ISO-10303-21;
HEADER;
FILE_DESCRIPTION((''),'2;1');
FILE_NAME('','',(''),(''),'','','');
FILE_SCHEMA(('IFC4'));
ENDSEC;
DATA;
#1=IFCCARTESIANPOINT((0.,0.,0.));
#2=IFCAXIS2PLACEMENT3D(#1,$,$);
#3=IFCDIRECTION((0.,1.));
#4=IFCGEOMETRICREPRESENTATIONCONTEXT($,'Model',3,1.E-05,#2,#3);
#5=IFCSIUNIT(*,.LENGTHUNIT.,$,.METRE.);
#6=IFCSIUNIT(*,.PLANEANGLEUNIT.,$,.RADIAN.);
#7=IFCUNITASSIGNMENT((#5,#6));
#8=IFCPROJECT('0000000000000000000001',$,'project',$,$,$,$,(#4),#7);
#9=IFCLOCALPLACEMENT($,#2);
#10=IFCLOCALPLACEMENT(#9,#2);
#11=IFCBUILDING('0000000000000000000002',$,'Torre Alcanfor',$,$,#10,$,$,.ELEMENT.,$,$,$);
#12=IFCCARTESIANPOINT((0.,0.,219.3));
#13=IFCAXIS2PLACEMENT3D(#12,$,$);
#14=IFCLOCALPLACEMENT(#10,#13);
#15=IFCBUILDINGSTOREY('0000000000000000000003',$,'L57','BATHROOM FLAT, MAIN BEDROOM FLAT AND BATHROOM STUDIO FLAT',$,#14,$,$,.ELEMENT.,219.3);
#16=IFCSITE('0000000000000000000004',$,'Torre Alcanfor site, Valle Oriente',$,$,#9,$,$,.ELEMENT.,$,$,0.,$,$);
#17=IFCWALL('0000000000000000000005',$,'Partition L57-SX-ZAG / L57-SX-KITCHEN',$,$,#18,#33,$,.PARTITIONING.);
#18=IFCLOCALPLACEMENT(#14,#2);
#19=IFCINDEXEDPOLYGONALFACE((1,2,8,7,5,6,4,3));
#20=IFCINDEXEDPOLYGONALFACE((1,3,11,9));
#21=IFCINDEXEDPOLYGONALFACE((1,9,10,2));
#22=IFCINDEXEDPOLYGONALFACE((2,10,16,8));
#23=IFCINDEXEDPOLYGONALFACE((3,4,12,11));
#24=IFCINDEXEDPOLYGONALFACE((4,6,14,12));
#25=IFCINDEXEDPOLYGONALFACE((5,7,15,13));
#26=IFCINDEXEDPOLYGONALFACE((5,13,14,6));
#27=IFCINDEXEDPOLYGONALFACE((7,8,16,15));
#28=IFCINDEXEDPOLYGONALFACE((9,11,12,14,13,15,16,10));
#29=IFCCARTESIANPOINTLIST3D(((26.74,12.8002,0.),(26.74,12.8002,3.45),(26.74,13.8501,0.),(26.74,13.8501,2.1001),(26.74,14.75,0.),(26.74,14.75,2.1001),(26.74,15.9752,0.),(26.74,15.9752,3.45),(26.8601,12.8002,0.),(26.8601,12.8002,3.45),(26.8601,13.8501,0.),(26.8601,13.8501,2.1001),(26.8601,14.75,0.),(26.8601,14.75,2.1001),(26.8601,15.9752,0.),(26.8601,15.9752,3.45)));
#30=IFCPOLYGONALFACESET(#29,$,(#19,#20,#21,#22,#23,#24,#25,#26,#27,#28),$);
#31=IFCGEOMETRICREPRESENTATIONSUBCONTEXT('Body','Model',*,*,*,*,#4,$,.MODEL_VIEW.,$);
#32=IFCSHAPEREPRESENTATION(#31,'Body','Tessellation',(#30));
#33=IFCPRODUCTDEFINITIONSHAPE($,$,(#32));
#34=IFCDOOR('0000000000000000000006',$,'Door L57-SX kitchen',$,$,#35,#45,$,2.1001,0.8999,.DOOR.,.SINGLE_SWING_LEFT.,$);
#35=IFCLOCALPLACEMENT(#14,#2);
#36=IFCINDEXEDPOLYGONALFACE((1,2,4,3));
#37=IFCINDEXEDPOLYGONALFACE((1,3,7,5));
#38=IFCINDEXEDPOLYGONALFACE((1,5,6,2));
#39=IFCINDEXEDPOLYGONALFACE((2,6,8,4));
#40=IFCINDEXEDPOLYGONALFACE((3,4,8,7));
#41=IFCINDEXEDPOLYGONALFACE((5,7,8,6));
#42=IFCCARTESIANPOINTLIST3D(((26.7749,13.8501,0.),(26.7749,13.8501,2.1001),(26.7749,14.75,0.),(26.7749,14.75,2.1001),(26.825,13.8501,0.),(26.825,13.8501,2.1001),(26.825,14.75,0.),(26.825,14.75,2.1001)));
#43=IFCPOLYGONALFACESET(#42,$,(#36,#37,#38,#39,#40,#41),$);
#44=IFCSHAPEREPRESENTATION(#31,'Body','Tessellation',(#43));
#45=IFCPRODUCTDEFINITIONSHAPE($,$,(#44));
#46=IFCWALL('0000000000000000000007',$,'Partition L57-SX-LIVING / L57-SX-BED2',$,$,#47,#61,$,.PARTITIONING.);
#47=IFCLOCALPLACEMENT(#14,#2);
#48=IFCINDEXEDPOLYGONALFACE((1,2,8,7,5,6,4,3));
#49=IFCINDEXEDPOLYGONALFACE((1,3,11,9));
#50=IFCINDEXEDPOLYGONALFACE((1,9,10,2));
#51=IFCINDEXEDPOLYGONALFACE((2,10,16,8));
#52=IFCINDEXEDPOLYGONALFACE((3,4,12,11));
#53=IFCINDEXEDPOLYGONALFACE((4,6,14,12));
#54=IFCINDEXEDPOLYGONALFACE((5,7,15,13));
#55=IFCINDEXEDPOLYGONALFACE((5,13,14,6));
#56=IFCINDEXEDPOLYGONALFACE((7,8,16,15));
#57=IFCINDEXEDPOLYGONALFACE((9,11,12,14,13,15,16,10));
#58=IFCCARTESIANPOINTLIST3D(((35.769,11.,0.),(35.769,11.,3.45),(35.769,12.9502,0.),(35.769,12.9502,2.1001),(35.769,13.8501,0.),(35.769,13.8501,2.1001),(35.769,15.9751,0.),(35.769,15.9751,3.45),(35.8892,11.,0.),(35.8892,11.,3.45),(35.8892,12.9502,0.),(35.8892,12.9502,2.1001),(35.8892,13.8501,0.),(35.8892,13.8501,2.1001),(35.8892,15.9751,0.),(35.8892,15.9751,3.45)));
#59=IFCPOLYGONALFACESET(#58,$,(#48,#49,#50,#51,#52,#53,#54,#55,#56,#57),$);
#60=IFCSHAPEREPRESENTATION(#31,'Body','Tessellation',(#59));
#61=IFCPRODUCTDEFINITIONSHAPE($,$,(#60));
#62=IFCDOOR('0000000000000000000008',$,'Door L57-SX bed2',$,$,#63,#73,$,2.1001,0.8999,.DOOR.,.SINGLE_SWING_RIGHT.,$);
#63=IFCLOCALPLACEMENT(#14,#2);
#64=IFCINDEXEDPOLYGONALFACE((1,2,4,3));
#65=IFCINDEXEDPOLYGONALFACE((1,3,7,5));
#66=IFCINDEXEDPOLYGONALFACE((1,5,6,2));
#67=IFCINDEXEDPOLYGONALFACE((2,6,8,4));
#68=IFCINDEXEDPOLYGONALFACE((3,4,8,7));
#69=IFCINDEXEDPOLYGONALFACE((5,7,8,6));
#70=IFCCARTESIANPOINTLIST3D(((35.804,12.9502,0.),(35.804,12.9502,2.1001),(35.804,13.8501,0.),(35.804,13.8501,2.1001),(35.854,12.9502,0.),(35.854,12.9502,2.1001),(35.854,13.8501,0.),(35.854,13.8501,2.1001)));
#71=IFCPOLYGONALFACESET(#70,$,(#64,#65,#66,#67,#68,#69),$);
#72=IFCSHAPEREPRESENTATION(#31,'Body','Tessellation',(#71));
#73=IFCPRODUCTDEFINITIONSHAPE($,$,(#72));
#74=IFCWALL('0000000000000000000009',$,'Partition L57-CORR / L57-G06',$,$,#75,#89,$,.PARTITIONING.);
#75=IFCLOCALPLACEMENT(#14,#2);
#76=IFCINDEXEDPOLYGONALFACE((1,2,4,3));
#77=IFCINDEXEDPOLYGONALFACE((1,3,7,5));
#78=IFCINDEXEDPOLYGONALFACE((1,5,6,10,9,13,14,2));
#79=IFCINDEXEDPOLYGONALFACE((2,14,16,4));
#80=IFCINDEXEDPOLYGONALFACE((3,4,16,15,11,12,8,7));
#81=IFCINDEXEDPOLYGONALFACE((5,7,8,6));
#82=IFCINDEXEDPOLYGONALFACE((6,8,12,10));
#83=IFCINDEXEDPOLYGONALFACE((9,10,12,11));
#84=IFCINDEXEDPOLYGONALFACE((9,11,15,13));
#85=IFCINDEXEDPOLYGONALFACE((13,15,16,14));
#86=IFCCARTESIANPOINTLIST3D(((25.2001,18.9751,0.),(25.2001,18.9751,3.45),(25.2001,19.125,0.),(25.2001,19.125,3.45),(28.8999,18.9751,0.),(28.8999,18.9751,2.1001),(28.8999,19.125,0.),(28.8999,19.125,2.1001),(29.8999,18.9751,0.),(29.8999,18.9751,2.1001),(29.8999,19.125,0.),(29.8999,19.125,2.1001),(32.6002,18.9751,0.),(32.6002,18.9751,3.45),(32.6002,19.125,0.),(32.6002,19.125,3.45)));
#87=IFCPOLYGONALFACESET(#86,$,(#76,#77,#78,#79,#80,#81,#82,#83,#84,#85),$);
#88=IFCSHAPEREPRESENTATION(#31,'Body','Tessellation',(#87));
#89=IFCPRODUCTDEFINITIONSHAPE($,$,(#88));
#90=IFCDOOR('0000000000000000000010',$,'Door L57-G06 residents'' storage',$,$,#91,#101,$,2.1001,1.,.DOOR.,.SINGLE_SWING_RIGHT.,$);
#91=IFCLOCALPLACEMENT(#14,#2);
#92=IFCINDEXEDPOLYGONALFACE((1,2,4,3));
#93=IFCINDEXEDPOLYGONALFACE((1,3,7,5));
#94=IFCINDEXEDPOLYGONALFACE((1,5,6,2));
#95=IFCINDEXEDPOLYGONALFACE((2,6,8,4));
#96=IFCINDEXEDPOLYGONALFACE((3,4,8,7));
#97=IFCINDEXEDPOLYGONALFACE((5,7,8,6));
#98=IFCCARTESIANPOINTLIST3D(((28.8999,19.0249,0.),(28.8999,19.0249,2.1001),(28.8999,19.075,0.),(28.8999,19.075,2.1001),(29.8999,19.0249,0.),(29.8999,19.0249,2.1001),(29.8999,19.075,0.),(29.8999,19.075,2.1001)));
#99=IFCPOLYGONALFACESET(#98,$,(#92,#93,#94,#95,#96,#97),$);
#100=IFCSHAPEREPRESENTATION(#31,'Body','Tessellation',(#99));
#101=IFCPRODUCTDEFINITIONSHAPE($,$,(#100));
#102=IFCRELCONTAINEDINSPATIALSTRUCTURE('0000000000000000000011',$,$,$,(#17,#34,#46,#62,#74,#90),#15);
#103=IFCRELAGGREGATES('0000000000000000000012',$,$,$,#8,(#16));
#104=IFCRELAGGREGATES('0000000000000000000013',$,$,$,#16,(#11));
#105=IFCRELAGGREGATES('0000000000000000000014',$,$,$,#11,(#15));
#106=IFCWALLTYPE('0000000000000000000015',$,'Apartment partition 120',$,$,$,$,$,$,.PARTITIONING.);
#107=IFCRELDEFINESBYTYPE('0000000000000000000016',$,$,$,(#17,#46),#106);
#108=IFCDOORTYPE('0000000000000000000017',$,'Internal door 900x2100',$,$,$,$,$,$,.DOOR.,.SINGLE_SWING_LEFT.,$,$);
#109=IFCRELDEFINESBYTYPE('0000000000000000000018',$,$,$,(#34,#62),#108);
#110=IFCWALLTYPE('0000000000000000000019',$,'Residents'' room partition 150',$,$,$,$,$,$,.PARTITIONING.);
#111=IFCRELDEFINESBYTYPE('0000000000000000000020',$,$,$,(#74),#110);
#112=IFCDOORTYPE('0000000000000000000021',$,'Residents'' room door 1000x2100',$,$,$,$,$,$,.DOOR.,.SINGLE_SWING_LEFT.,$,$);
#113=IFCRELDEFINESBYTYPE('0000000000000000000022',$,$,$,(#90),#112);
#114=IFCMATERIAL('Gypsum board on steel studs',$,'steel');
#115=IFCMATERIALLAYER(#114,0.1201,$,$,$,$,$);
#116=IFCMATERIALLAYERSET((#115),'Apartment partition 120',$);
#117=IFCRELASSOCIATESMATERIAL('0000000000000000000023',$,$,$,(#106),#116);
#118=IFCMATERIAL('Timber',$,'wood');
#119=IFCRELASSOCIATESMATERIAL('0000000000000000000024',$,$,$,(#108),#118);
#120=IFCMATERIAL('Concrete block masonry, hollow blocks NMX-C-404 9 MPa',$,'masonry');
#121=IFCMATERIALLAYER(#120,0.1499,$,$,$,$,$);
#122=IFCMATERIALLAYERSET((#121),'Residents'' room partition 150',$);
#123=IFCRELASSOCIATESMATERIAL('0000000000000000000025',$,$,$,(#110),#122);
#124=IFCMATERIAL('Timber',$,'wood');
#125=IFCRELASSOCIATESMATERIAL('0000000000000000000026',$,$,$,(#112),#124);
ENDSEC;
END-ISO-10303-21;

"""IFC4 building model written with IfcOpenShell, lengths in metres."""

from ifc_helpers import new_model, si_unit, direction, frame, frame_2d, origin, place, context, subcontext, project, spatial, rectangle, extrude, material, layer, layer_set, type_object, element, fill, save


model = new_model("IFC4")

# Units and contexts
model_context = context("Model", 3, precision=1e-05, world=origin(), true_north=direction((0.0, 1.0)))
body_context = subcontext(model_context, "Body", "Model", "MODEL_VIEW")
ifc_project = project(units=[si_unit("LENGTHUNIT", "METRE"), si_unit("PLANEANGLEUNIT", "RADIAN")], contexts=[model_context])

# Site, building, storey
site_placement = place(None, origin())
site = spatial("IfcSite", under=ifc_project, at=site_placement, Name="Torre Alcanfor site, Valle Oriente", CompositionType="ELEMENT", RefElevation=0.0)
building_placement = place(site_placement, origin())
building = spatial("IfcBuilding", under=site, at=building_placement, Name="Torre Alcanfor", CompositionType="ELEMENT")
storey_placement = place(building_placement, frame((0.0, 0.0, 219.3)))
storey = spatial("IfcBuildingStorey", under=building, at=storey_placement, Name="L57", Description="BATHROOM FLAT, MAIN BEDROOM FLAT AND BATHROOM STUDIO FLAT", CompositionType="ELEMENT", Elevation=219.3)

# Walls, openings, doors
ifc_material_1 = material(Name="Gypsum board on steel studs", Category="steel")
ifc_layer_1 = layer(ifc_material_1, 0.1201)
ifc_layer_set_1 = layer_set([ifc_layer_1], Name="Apartment partition 120")
wall_type_1 = type_object("IfcWallType", Name="Apartment partition 120", PredefinedType="PARTITIONING", material=ifc_layer_set_1)
wall_1_placement = place(storey_placement, frame((26.8, 15.9751, 0.0), z_axis=(0.0, 0.0, 1.0), x_axis=(0.0, -1.0, 0.0)))
wall_1 = element("IfcWall", 1, at=wall_1_placement, inside=storey, type_object=wall_type_1, Name="Partition L57-SX-ZAG / L57-SX-KITCHEN", PredefinedType="PARTITIONING", context=body_context, shape_type="SweptSolid", body=[
    extrude(rectangle(XDim=3.175, YDim=0.1201, at=frame_2d((1.5874, 0.0))), origin(), (0.0, 0.0, 1.0), 3.45),
])
opening_1_placement = place(wall_1_placement, frame((1.2251, 0.0, 0.0)))
opening_1 = element("IfcOpeningElement", 2, at=opening_1_placement, cuts=wall_1, PredefinedType="OPENING", context=body_context, shape_type="SweptSolid", body=[
    extrude(rectangle(XDim=0.8999, YDim=2.1001, at=frame_2d((0.45, 1.05))), frame((0.0, 0.0701, 0.0), z_axis=(0.0, -1.0, 0.0), x_axis=(1.0, 0.0, 0.0)), (0.0, 0.0, 1.0), 0.1401),
])
ifc_material_2 = material(Name="Timber", Category="wood")
door_type_1 = type_object("IfcDoorType", Name="Internal door 900x2100", OperationType="SINGLE_SWING_LEFT", PredefinedType="DOOR", material=ifc_material_2)
door_1_placement = place(opening_1_placement, frame((0.8999, 0.0, 0.0), z_axis=(0.0, 0.0, 1.0), x_axis=(-1.0, 0.0, 0.0)))
door_1 = element("IfcDoor", 3, at=door_1_placement, inside=storey, type_object=door_type_1, Name="Door L57-SX kitchen", OperationType="SINGLE_SWING_LEFT", OverallHeight=2.1001, OverallWidth=0.8999, PredefinedType="DOOR", context=body_context, shape_type="SweptSolid", body=[
    extrude(rectangle(XDim=0.8999, YDim=2.1001, at=frame_2d((0.45, 1.05))), frame((0.0, 0.0251, 0.0), z_axis=(0.0, -1.0, 0.0), x_axis=(1.0, 0.0, 0.0)), (0.0, 0.0, 1.0), 0.05),
])
fill(opening_1, door_1)
wall_2_placement = place(storey_placement, frame((35.8291, 15.9751, 0.0), z_axis=(0.0, 0.0, 1.0), x_axis=(0.0, -1.0, 0.0)))
wall_2 = element("IfcWall", 4, at=wall_2_placement, inside=storey, type_object=wall_type_1, Name="Partition L57-SX-LIVING / L57-SX-BED2", PredefinedType="PARTITIONING", context=body_context, shape_type="SweptSolid", body=[
    extrude(rectangle(XDim=4.9751, YDim=0.1201, at=frame_2d((2.4875, 0.0))), origin(), (0.0, 0.0, 1.0), 3.45),
])
opening_2_placement = place(wall_2_placement, frame((2.125, 0.0, 0.0)))
opening_2 = element("IfcOpeningElement", 5, at=opening_2_placement, cuts=wall_2, PredefinedType="OPENING", context=body_context, shape_type="SweptSolid", body=[
    extrude(rectangle(XDim=0.8999, YDim=2.1001, at=frame_2d((0.45, 1.05))), frame((0.0, 0.0701, 0.0), z_axis=(0.0, -1.0, 0.0), x_axis=(1.0, 0.0, 0.0)), (0.0, 0.0, 1.0), 0.1401),
])
door_2_placement = place(opening_2_placement, origin())
door_2 = element("IfcDoor", 6, at=door_2_placement, inside=storey, type_object=door_type_1, Name="Door L57-SX bed2", OperationType="SINGLE_SWING_RIGHT", OverallHeight=2.1001, OverallWidth=0.8999, PredefinedType="DOOR", context=body_context, shape_type="SweptSolid", body=[
    extrude(rectangle(XDim=0.8999, YDim=2.1001, at=frame_2d((0.45, 1.05))), frame((0.0, 0.0249, 0.0), z_axis=(0.0, -1.0, 0.0), x_axis=(1.0, 0.0, 0.0)), (0.0, 0.0, 1.0), 0.05),
])
fill(opening_2, door_2)
ifc_material_3 = material(Name="Concrete block masonry, hollow blocks NMX-C-404 9 MPa", Category="masonry")
ifc_layer_2 = layer(ifc_material_3, 0.1499)
ifc_layer_set_2 = layer_set([ifc_layer_2], Name="Residents' room partition 150")
wall_type_2 = type_object("IfcWallType", Name="Residents' room partition 150", PredefinedType="PARTITIONING", material=ifc_layer_set_2)
wall_3_placement = place(storey_placement, frame((25.2, 19.05, 0.0), z_axis=(0.0, 0.0, 1.0), x_axis=(1.0, 0.0, 0.0)))
wall_3 = element("IfcWall", 7, at=wall_3_placement, inside=storey, type_object=wall_type_2, Name="Partition L57-CORR / L57-G06", PredefinedType="PARTITIONING", context=body_context, shape_type="SweptSolid", body=[
    extrude(rectangle(XDim=7.4001, YDim=0.1499, at=frame_2d((3.7002, 0.0))), origin(), (0.0, 0.0, 1.0), 3.45),
])
opening_3_placement = place(wall_3_placement, frame((3.7, 0.0, 0.0)))
opening_3 = element("IfcOpeningElement", 8, at=opening_3_placement, cuts=wall_3, PredefinedType="OPENING", context=body_context, shape_type="SweptSolid", body=[
    extrude(rectangle(XDim=1.0, YDim=2.1001, at=frame_2d((0.5, 1.05))), frame((0.0, 0.085, 0.0), z_axis=(0.0, -1.0, 0.0), x_axis=(1.0, 0.0, 0.0)), (0.0, 0.0, 1.0), 0.1699),
])
ifc_material_4 = material(Name="Timber", Category="wood")
door_type_2 = type_object("IfcDoorType", Name="Residents' room door 1000x2100", OperationType="SINGLE_SWING_LEFT", PredefinedType="DOOR", material=ifc_material_4)
door_3_placement = place(opening_3_placement, origin())
door_3 = element("IfcDoor", 9, at=door_3_placement, inside=storey, type_object=door_type_2, Name="Door L57-G06 residents' storage", OperationType="SINGLE_SWING_RIGHT", OverallHeight=2.1001, OverallWidth=1.0, PredefinedType="DOOR", context=body_context, shape_type="SweptSolid", body=[
    extrude(rectangle(XDim=1.0, YDim=2.1001, at=frame_2d((0.5, 1.05))), frame((0.0, 0.0249, 0.0), z_axis=(0.0, -1.0, 0.0), x_axis=(1.0, 0.0, 0.0)), (0.0, 0.0, 1.0), 0.05),
])
fill(opening_3, door_3)

save(model, "model.ifc")
